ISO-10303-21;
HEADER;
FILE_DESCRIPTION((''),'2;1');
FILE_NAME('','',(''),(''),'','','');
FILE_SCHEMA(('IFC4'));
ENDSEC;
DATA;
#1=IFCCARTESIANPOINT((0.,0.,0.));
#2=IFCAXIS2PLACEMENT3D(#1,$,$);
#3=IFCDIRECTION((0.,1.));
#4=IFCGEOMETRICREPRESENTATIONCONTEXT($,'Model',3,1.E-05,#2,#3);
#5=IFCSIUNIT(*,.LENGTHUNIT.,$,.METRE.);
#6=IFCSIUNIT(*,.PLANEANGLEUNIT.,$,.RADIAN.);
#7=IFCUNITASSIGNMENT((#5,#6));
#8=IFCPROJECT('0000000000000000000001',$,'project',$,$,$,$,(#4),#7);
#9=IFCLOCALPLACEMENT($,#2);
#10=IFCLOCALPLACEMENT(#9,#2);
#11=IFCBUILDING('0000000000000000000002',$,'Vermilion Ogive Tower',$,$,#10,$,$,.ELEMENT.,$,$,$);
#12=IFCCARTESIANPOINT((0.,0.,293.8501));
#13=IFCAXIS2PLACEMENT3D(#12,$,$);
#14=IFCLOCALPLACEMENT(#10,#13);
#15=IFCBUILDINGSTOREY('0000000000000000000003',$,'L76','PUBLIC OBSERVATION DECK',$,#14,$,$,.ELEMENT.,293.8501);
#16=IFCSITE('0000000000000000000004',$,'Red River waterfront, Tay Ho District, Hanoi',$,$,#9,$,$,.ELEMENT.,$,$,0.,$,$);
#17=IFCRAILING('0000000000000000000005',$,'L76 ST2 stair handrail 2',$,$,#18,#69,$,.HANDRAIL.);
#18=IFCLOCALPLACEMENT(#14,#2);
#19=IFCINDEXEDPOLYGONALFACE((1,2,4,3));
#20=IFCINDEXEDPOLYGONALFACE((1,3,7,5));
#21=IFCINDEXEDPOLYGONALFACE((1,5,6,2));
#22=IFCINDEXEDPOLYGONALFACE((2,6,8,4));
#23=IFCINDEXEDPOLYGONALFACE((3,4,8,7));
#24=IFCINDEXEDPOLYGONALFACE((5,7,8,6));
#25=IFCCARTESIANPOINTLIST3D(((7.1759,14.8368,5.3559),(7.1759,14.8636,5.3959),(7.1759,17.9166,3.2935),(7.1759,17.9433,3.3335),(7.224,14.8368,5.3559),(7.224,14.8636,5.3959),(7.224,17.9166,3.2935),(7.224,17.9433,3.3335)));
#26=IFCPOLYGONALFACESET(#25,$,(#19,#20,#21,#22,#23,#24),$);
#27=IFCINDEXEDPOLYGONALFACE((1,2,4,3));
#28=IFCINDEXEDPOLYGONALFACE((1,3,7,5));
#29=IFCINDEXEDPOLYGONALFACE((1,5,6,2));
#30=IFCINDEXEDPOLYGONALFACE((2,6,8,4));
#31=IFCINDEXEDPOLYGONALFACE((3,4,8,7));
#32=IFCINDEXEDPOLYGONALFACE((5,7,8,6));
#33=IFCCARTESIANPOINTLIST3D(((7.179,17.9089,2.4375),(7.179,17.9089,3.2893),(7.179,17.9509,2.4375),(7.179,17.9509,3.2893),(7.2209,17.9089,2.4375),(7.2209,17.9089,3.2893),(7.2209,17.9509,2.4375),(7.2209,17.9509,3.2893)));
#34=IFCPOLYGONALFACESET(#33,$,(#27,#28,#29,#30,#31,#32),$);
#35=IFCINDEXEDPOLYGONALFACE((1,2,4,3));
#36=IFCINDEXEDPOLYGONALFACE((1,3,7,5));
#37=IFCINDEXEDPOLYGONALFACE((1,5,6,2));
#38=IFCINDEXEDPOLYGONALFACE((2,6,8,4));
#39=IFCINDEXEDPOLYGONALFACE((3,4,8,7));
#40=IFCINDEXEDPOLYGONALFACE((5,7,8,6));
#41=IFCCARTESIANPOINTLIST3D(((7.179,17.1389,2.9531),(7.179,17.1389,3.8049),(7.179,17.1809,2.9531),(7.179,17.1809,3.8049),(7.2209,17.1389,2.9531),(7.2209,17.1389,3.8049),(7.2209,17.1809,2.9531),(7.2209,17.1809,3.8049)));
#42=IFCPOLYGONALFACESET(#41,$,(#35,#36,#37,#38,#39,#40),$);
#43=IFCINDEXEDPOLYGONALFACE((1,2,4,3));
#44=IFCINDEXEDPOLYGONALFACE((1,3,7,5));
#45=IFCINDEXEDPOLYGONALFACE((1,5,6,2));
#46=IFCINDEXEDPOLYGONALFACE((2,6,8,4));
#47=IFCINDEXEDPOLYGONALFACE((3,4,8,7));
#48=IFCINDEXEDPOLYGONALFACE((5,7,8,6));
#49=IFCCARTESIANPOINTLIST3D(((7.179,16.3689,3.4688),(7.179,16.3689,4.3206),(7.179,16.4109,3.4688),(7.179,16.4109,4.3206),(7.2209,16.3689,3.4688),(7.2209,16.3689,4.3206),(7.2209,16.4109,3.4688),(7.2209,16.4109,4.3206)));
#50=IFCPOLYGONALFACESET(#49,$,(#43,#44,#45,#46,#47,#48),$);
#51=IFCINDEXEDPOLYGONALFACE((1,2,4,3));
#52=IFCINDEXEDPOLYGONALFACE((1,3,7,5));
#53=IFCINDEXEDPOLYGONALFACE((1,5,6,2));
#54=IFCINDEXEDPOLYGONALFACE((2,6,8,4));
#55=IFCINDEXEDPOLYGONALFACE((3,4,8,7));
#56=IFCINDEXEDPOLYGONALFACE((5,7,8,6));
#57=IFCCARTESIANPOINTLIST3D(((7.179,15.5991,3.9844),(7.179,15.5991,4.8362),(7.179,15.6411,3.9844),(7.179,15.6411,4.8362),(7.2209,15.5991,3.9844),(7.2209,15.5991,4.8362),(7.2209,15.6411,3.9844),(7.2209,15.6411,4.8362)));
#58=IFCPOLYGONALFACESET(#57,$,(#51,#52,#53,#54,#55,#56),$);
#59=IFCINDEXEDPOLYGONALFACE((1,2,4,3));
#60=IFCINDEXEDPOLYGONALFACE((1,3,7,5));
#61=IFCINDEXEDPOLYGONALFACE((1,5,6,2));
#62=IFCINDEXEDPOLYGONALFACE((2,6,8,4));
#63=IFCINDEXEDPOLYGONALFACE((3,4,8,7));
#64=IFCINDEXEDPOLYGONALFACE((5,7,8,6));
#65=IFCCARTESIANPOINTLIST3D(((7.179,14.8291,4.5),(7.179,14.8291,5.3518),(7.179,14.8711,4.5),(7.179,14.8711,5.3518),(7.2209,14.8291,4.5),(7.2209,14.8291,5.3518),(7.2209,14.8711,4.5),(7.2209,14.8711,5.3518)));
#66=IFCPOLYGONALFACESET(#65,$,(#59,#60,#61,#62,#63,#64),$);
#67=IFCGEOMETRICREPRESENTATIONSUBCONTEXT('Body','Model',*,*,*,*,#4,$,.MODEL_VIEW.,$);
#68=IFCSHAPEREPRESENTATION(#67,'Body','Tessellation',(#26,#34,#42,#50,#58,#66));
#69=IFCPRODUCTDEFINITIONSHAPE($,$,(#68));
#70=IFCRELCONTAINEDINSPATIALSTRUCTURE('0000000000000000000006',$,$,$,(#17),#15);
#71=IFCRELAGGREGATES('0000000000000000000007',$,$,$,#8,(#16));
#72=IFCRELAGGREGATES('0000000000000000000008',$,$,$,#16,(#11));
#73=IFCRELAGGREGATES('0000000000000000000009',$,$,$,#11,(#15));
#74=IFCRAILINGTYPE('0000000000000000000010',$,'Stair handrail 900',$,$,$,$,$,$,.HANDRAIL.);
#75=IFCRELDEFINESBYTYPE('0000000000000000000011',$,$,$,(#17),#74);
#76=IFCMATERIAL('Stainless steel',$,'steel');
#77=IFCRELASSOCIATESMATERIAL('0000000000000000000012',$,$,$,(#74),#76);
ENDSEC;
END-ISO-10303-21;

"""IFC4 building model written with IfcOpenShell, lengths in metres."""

from ifc_helpers import new_model, si_unit, direction, frame, origin, origin_2d, place, context, subcontext, project, spatial, rectangle, extrude, material, type_object, element, save


model = new_model("IFC4")

# Units and contexts
model_context = context("Model", 3, precision=1e-05, world=origin(), true_north=direction((0.0, 1.0)))
body_context = subcontext(model_context, "Body", "Model", "MODEL_VIEW")
ifc_project = project(units=[si_unit("LENGTHUNIT", "METRE"), si_unit("PLANEANGLEUNIT", "RADIAN")], contexts=[model_context])

# Site, building, storey
site_placement = place(None, origin())
site = spatial("IfcSite", under=ifc_project, at=site_placement, Name="Red River waterfront, Tay Ho District, Hanoi", CompositionType="ELEMENT", RefElevation=0.0)
building_placement = place(site_placement, origin())
building = spatial("IfcBuilding", under=site, at=building_placement, Name="Vermilion Ogive Tower", CompositionType="ELEMENT")
storey_placement = place(building_placement, frame((0.0, 0.0, 293.8501)))
storey = spatial("IfcBuildingStorey", under=building, at=storey_placement, Name="L76", Description="PUBLIC OBSERVATION DECK", CompositionType="ELEMENT", Elevation=293.8501)

# Railing
ifc_material_1 = material(Name="Stainless steel", Category="steel")
railing_type_1 = type_object("IfcRailingType", Name="Stair handrail 900", PredefinedType="HANDRAIL", material=ifc_material_1)
railing_1_placement = place(storey_placement, frame((7.2, 17.9299, 2.4375)))
element("IfcRailing", 1, at=railing_1_placement, inside=storey, type_object=railing_type_1, Name="L76 ST2 stair handrail 2", PredefinedType="HANDRAIL", context=body_context, shape_type="SweptSolid", body=[
    extrude(rectangle(XDim=0.0481, YDim=0.0481, at=origin_2d()), frame((0.0, 0.0, 0.876), z_axis=(0.0, -0.830893, 0.556432), x_axis=(1.0, 0.0, 0.0)), (0.0, 0.0, 1.0), 3.7065),
    extrude(rectangle(XDim=0.042, YDim=0.042, at=origin_2d()), origin(), (0.0, 0.0, 1.0), 0.8518),
    extrude(rectangle(XDim=0.042, YDim=0.042, at=origin_2d()), frame((0.0, -0.77, 0.5156)), (0.0, 0.0, 1.0), 0.8518),
    extrude(rectangle(XDim=0.042, YDim=0.042, at=origin_2d()), frame((0.0, -1.54, 1.0312)), (0.0, 0.0, 1.0), 0.8518),
    extrude(rectangle(XDim=0.042, YDim=0.042, at=origin_2d()), frame((0.0, -2.3098, 1.5469)), (0.0, 0.0, 1.0), 0.8518),
    extrude(rectangle(XDim=0.042, YDim=0.042, at=origin_2d()), frame((0.0, -3.0798, 2.0625)), (0.0, 0.0, 1.0), 0.8518),
])

save(model, "model.ifc")
